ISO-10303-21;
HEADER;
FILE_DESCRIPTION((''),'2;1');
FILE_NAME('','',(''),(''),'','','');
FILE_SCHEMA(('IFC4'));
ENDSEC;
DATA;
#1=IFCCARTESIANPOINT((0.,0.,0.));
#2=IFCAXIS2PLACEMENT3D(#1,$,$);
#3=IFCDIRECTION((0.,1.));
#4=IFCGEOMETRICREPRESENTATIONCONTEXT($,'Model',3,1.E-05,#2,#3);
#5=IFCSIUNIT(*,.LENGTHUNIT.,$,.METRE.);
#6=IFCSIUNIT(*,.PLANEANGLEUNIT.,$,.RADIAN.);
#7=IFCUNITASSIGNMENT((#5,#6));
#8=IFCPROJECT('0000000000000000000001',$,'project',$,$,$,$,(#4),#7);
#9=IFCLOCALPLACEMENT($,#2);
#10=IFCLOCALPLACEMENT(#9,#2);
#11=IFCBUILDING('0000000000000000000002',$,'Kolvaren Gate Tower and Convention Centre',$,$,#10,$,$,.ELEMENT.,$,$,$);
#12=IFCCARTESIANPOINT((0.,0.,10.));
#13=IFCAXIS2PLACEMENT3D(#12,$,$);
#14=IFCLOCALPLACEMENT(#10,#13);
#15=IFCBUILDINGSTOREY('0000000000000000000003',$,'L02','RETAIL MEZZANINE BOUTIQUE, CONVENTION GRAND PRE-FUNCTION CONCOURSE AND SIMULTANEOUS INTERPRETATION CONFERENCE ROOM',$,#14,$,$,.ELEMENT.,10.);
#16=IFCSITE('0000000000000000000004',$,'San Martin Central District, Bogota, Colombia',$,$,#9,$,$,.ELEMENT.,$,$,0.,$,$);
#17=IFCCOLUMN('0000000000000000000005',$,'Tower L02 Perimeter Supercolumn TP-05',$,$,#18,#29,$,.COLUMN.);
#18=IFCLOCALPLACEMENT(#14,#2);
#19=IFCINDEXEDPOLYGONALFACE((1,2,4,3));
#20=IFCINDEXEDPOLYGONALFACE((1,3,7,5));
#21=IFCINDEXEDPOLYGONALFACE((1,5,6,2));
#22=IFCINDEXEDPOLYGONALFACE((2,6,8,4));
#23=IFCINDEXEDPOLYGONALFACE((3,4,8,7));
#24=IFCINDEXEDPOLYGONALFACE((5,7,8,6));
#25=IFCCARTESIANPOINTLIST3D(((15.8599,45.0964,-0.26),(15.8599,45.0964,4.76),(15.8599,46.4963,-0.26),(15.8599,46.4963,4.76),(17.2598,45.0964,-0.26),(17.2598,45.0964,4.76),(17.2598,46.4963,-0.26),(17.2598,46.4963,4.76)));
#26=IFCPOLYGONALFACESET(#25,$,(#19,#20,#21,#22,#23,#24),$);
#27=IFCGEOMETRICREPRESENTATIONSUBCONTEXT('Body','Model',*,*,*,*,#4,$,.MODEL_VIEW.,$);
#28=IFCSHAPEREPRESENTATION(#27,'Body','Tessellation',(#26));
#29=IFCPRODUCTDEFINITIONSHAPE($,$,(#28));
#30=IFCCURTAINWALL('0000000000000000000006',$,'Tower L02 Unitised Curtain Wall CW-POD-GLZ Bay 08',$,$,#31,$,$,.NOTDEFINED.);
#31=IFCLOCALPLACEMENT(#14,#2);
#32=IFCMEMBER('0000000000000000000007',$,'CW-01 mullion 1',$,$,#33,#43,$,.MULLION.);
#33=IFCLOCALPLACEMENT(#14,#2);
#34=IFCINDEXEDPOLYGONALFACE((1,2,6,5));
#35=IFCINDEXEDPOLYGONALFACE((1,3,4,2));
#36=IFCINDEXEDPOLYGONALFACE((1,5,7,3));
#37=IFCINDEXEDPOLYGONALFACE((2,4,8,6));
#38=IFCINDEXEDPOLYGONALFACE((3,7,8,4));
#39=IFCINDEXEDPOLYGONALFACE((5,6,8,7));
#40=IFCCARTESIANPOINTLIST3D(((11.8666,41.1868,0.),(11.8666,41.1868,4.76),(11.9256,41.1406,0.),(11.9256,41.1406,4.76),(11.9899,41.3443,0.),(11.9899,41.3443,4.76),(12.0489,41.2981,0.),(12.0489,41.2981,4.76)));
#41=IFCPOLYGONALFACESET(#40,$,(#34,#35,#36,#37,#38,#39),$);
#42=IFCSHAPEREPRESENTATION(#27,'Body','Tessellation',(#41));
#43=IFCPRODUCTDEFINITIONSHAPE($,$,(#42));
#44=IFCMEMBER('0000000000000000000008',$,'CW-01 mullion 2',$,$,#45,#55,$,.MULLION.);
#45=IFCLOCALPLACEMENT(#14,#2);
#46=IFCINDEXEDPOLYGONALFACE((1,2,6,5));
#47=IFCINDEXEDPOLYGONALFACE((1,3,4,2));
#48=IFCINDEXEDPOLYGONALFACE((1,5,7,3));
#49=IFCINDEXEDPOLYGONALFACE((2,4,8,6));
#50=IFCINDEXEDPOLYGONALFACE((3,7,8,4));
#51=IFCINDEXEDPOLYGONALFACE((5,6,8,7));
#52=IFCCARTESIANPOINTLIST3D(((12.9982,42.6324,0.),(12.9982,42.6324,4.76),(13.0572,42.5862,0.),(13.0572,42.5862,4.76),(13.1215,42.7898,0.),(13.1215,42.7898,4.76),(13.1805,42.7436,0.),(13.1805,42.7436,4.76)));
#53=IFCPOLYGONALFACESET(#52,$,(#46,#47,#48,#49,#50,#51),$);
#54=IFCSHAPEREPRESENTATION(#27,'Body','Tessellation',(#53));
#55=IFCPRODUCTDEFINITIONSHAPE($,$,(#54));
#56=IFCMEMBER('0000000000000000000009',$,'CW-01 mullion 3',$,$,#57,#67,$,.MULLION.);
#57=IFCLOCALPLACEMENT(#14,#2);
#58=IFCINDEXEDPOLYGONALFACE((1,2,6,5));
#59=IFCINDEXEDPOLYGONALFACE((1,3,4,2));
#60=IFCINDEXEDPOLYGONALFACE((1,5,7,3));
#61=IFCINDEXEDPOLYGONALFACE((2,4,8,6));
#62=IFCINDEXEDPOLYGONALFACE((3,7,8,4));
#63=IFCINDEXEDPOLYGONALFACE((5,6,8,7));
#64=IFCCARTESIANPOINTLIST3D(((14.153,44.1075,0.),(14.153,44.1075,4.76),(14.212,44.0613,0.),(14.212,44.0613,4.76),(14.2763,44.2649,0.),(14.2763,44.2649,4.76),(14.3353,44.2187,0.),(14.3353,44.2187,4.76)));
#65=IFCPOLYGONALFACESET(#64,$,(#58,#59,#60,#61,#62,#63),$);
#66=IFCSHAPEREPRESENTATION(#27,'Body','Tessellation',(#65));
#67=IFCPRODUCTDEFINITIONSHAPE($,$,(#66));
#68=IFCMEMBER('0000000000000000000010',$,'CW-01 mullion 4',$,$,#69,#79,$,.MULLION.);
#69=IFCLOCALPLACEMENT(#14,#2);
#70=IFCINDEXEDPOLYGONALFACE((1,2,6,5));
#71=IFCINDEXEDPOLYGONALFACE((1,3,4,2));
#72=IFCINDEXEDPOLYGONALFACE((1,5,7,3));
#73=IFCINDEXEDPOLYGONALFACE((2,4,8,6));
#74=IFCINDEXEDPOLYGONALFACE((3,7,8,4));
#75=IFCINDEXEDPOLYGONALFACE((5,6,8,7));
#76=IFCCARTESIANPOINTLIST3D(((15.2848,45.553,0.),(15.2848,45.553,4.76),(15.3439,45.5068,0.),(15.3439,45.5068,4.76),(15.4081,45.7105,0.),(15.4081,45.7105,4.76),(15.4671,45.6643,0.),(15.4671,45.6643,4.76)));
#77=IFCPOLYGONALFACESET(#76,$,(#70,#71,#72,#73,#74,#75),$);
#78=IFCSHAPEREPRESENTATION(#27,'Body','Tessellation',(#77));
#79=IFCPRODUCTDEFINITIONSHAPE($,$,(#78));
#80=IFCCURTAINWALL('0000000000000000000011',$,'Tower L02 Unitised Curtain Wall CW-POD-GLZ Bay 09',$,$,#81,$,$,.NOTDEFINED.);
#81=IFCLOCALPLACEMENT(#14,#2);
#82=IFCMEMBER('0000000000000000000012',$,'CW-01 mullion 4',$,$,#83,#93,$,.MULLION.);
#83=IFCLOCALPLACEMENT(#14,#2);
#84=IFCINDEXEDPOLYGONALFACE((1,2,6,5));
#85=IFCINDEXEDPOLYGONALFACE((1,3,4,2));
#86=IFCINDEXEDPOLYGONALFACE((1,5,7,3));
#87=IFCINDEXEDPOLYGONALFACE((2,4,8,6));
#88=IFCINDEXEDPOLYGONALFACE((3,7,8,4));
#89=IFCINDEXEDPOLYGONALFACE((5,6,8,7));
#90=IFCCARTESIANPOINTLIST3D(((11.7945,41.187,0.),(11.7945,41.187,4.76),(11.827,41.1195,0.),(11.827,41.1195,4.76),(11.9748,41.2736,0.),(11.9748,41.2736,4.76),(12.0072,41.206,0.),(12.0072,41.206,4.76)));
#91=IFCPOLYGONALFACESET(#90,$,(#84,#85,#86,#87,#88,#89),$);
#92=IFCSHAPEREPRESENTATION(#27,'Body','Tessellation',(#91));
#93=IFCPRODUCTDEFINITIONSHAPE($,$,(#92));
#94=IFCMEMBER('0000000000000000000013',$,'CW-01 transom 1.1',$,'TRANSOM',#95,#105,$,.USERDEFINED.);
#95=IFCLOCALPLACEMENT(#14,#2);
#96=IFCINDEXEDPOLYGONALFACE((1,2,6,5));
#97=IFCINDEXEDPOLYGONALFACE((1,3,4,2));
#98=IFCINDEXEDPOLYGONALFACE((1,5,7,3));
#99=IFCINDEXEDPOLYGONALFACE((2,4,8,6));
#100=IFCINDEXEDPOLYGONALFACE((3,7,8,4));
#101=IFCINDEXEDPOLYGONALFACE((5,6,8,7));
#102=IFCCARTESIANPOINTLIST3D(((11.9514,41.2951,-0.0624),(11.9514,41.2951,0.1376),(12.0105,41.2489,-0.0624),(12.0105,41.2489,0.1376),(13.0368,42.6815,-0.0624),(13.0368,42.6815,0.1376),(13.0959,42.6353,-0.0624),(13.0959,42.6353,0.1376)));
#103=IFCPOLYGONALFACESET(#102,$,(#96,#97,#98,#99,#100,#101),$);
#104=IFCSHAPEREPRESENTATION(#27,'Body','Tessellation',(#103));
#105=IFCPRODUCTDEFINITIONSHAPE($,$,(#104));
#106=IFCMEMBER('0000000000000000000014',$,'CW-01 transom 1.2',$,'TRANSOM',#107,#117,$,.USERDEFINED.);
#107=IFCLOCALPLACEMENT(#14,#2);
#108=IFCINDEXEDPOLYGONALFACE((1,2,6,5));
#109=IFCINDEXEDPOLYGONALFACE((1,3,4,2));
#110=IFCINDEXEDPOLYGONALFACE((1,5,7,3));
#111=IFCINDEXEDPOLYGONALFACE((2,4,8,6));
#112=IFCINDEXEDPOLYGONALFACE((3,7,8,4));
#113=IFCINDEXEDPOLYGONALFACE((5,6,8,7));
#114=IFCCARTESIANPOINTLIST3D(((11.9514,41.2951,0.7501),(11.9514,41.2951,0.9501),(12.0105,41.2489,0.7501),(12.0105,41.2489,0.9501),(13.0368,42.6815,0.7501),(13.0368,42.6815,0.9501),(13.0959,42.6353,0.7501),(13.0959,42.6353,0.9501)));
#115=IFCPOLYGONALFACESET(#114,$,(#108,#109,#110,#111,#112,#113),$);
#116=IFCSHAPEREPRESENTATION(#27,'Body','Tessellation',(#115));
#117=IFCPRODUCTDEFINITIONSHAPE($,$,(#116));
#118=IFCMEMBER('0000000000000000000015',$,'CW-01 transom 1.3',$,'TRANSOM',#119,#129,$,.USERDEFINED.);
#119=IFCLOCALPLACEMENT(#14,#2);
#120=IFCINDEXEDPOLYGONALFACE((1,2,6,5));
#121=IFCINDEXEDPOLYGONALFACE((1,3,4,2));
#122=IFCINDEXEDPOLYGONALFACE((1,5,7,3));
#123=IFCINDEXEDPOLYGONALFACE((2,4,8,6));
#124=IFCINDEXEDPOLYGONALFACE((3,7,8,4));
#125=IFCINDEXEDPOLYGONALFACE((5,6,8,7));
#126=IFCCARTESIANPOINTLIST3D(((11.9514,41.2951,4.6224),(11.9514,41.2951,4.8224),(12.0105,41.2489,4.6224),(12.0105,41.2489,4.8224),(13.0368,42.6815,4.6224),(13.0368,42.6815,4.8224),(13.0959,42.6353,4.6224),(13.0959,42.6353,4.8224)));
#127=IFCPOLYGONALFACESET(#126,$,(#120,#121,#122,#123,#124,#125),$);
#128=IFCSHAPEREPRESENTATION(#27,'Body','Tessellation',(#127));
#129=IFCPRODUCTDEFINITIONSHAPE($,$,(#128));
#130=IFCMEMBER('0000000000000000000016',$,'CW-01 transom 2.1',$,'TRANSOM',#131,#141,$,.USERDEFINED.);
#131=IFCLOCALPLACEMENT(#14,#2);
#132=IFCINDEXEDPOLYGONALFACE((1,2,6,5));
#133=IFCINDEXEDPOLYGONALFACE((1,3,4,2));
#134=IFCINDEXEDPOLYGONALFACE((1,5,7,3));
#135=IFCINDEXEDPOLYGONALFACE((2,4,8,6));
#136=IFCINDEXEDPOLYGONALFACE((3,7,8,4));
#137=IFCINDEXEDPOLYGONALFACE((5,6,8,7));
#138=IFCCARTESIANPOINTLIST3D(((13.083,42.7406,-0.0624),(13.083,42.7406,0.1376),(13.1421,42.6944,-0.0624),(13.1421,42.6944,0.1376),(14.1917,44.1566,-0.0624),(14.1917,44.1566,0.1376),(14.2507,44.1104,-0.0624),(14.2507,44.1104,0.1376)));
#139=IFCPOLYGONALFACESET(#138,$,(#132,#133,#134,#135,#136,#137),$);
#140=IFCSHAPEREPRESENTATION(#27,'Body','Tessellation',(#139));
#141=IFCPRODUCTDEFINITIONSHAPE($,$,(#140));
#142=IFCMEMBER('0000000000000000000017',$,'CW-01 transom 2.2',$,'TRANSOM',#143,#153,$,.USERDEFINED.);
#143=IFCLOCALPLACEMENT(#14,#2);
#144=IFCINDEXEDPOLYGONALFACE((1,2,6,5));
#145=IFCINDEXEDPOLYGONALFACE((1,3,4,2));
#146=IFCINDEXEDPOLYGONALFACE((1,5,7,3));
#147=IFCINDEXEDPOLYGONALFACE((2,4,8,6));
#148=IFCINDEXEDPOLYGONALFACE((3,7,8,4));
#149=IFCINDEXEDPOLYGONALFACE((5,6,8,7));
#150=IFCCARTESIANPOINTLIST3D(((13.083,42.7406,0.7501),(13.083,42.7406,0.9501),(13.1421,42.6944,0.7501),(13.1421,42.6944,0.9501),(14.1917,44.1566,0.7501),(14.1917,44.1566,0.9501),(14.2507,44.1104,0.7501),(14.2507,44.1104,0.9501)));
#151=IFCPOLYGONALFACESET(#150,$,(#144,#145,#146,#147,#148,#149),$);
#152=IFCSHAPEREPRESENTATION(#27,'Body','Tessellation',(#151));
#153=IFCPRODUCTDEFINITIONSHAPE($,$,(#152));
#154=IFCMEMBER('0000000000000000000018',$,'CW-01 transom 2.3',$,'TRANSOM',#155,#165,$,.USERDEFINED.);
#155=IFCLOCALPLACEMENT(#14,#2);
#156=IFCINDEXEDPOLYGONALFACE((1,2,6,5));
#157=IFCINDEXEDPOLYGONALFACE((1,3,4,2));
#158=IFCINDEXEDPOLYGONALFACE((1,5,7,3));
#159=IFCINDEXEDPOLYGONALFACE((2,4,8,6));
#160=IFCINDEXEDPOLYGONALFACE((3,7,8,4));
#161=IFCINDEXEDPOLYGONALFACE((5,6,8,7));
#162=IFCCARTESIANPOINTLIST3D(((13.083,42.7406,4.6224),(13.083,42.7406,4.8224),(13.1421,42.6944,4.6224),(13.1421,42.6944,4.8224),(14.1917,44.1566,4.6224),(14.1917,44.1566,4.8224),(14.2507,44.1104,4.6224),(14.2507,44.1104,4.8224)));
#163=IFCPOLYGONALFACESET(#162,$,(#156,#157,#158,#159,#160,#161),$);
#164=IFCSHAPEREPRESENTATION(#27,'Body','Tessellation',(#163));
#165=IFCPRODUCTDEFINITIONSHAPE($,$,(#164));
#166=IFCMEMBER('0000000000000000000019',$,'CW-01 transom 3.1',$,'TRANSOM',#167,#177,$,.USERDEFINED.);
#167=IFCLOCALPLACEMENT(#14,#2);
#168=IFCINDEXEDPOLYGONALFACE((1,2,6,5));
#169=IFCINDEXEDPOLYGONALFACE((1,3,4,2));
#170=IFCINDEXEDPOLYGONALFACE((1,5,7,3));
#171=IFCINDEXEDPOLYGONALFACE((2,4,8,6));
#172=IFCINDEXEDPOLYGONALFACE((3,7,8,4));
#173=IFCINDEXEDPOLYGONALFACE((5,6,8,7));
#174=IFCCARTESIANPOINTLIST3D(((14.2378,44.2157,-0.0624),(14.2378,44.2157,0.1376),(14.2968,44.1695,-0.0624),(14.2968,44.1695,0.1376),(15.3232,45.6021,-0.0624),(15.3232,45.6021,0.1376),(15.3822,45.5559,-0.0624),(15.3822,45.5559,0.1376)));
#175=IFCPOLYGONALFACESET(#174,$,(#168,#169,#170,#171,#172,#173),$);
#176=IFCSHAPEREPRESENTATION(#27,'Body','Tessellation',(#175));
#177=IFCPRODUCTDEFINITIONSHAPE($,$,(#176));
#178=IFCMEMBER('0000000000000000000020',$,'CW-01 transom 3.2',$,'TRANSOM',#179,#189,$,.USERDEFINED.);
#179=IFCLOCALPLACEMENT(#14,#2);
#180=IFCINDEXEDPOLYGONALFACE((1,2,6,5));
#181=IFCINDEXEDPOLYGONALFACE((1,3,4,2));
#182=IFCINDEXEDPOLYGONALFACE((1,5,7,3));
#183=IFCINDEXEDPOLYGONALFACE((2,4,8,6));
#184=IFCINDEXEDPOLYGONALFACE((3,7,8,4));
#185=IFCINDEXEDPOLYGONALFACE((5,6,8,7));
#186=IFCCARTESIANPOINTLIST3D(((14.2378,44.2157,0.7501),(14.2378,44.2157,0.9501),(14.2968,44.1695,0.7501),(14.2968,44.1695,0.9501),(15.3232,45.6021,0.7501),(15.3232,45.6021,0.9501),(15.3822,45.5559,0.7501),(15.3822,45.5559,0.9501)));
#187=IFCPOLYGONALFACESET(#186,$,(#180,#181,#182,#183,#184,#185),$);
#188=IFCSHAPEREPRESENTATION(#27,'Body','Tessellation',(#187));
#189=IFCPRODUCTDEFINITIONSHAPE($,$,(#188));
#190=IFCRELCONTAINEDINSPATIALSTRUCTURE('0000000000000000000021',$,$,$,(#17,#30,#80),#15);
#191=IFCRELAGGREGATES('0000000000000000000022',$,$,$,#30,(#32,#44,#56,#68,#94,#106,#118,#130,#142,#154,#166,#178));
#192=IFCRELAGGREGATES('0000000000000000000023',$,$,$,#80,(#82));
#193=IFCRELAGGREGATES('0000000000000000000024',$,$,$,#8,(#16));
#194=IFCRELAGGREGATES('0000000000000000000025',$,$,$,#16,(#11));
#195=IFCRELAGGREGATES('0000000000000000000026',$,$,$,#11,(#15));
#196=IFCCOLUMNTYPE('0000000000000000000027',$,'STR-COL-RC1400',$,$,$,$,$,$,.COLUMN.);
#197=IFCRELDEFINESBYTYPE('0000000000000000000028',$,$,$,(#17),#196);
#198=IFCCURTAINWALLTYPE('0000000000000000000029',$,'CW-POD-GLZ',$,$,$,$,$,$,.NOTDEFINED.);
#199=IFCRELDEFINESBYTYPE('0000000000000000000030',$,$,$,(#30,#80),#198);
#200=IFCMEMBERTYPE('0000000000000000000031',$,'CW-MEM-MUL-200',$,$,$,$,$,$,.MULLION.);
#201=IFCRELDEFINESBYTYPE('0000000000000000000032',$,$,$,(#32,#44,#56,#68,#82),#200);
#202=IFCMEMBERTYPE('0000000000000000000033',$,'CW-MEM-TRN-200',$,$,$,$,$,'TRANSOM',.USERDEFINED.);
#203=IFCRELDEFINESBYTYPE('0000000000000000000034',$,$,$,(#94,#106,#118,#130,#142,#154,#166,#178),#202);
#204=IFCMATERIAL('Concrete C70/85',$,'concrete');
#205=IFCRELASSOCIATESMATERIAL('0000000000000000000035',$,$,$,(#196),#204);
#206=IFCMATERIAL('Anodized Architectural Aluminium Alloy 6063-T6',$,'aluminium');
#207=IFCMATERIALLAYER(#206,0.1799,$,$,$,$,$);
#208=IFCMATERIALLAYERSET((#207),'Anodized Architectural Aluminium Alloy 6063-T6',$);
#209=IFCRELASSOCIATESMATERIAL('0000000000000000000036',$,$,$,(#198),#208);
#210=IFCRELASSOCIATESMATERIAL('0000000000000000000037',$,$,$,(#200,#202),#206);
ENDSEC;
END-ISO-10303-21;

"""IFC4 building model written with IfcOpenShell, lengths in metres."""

from ifc_helpers import new_model, si_unit, direction, frame, origin, origin_2d, place, context, subcontext, project, spatial, rectangle, extrude, material, layer, layer_set, material_profile, profile_set, type_object, element, aggregate, save


model = new_model("IFC4")

# Units and contexts
model_context = context("Model", 3, precision=1e-05, world=origin(), true_north=direction((0.0, 1.0)))
body_context = subcontext(model_context, "Body", "Model", "MODEL_VIEW")
ifc_project = project(units=[si_unit("LENGTHUNIT", "METRE"), si_unit("PLANEANGLEUNIT", "RADIAN")], contexts=[model_context])

# Site, building, storey
site_placement = place(None, origin())
site = spatial("IfcSite", under=ifc_project, at=site_placement, Name="San Martin Central District, Bogota, Colombia", CompositionType="ELEMENT", RefElevation=0.0)
building_placement = place(site_placement, origin())
building = spatial("IfcBuilding", under=site, at=building_placement, Name="Kolvaren Gate Tower and Convention Centre", CompositionType="ELEMENT")
storey_placement = place(building_placement, frame((0.0, 0.0, 10.0)))
storey = spatial("IfcBuildingStorey", under=building, at=storey_placement, Name="L02", Description="RETAIL MEZZANINE BOUTIQUE, CONVENTION GRAND PRE-FUNCTION CONCOURSE AND SIMULTANEOUS INTERPRETATION CONFERENCE ROOM", CompositionType="ELEMENT", Elevation=10.0)

# Column
ifc_material_1 = material(Name="Concrete C70/85", Category="concrete")
ifc_material_profile_1 = material_profile(ifc_material_1, rectangle(XDim=1.3999, YDim=1.3999, at=origin_2d()), Name="RC-COL-1400X1400")
ifc_profile_set_1 = profile_set([ifc_material_profile_1], Name="Concrete C70/85")
column_type = type_object("IfcColumnType", Name="STR-COL-RC1400", PredefinedType="COLUMN", material=ifc_profile_set_1)
column_placement = place(storey_placement, frame((16.5598, 45.7964, -0.26), z_axis=(0.0, 0.0, 1.0), x_axis=(1.0, 0.0, 0.0)))
element("IfcColumn", 1, at=column_placement, inside=storey, type_object=column_type, Name="Tower L02 Perimeter Supercolumn TP-05", PredefinedType="COLUMN", context=body_context, shape_type="SweptSolid", body=[
    extrude(rectangle(XDim=1.3999, YDim=1.3999, at=origin_2d()), origin(), (0.0, 0.0, 1.0), 5.02),
])

# Curtain wall, members
ifc_material_2 = material(Name="Anodized Architectural Aluminium Alloy 6063-T6", Category="aluminium")
ifc_layer_1 = layer(ifc_material_2, 0.1799)
ifc_layer_set_1 = layer_set([ifc_layer_1], Name="Anodized Architectural Aluminium Alloy 6063-T6")
curtain_wall_type = type_object("IfcCurtainWallType", Name="CW-POD-GLZ", PredefinedType="NOTDEFINED", material=ifc_layer_set_1)
curtain_wall_1_placement = place(storey_placement, origin())
curtain_wall_1 = element("IfcCurtainWall", 2, at=curtain_wall_1_placement, inside=storey, type_object=curtain_wall_type, Name="Tower L02 Unitised Curtain Wall CW-POD-GLZ Bay 08", PredefinedType="NOTDEFINED")
ifc_material_profile_2 = material_profile(ifc_material_2, rectangle(XDim=0.075, YDim=0.2, at=origin_2d()), Name="CW-MEM-MUL-200")
ifc_profile_set_2 = profile_set([ifc_material_profile_2], Name="Anodized Architectural Aluminium Alloy 6063-T6")
member_type_1 = type_object("IfcMemberType", Name="CW-MEM-MUL-200", PredefinedType="MULLION", material=ifc_profile_set_2)
member_1_placement = place(storey_placement, frame((11.9578, 41.2424, 0.0), z_axis=(0.0, 0.0, 1.0), x_axis=(-0.787417, 0.616421, 0.0)))
member_1 = element("IfcMember", 3, at=member_1_placement, type_object=member_type_1, Name="CW-01 mullion 1", PredefinedType="MULLION", context=body_context, shape_type="SweptSolid", body=[
    extrude(rectangle(XDim=0.075, YDim=0.2, at=origin_2d()), origin(), (0.0, 0.0, 1.0), 4.76),
])
member_2_placement = place(storey_placement, frame((13.0894, 42.688, 0.0), z_axis=(0.0, 0.0, 1.0), x_axis=(-0.787417, 0.616421, 0.0)))
member_2 = element("IfcMember", 4, at=member_2_placement, type_object=member_type_1, Name="CW-01 mullion 2", PredefinedType="MULLION", context=body_context, shape_type="SweptSolid", body=[
    extrude(rectangle(XDim=0.075, YDim=0.2, at=origin_2d()), origin(), (0.0, 0.0, 1.0), 4.76),
])
member_3_placement = place(storey_placement, frame((14.2441, 44.1631, 0.0), z_axis=(0.0, 0.0, 1.0), x_axis=(-0.787417, 0.616421, 0.0)))
member_3 = element("IfcMember", 5, at=member_3_placement, type_object=member_type_1, Name="CW-01 mullion 3", PredefinedType="MULLION", context=body_context, shape_type="SweptSolid", body=[
    extrude(rectangle(XDim=0.075, YDim=0.2, at=origin_2d()), origin(), (0.0, 0.0, 1.0), 4.76),
])
member_4_placement = place(storey_placement, frame((15.376, 45.6086, 0.0), z_axis=(0.0, 0.0, 1.0), x_axis=(-0.787417, 0.616421, 0.0)))
member_4 = element("IfcMember", 6, at=member_4_placement, type_object=member_type_1, Name="CW-01 mullion 4", PredefinedType="MULLION", context=body_context, shape_type="SweptSolid", body=[
    extrude(rectangle(XDim=0.075, YDim=0.2, at=origin_2d()), origin(), (0.0, 0.0, 1.0), 4.76),
])

# Curtain wall, member
curtain_wall_2_placement = place(storey_placement, origin())
curtain_wall_2 = element("IfcCurtainWall", 7, at=curtain_wall_2_placement, inside=storey, type_object=curtain_wall_type, Name="Tower L02 Unitised Curtain Wall CW-POD-GLZ Bay 09", PredefinedType="NOTDEFINED")
member_5_placement = place(storey_placement, frame((11.9009, 41.1965, 0.0), z_axis=(0.0, 0.0, 1.0), x_axis=(-0.433057, 0.901367, 0.0)))
member_5 = element("IfcMember", 8, at=member_5_placement, type_object=member_type_1, Name="CW-01 mullion 4", PredefinedType="MULLION", context=body_context, shape_type="SweptSolid", body=[
    extrude(rectangle(XDim=0.075, YDim=0.2, at=origin_2d()), origin(), (0.0, 0.0, 1.0), 4.76),
])

# Members
ifc_material_profile_3 = material_profile(ifc_material_2, rectangle(XDim=0.075, YDim=0.2, at=origin_2d()), Name="CW-MEM-TRN-200")
ifc_profile_set_3 = profile_set([ifc_material_profile_3], Name="Anodized Architectural Aluminium Alloy 6063-T6")
member_type_2 = type_object("IfcMemberType", Name="CW-MEM-TRN-200", ElementType="TRANSOM", PredefinedType="USERDEFINED", material=ifc_profile_set_3)
member_6_placement = place(storey_placement, frame((11.981, 41.272, 0.0376), z_axis=(0.616443, 0.7874, 0.0), x_axis=(-0.7874, 0.616443, 0.0)))
member_6 = element("IfcMember", 9, at=member_6_placement, type_object=member_type_2, Name="CW-01 transom 1.1", ObjectType="TRANSOM", PredefinedType="USERDEFINED", context=body_context, shape_type="SweptSolid", body=[
    extrude(rectangle(XDim=0.075, YDim=0.2, at=origin_2d()), origin(), (0.0, 0.0, 1.0), 1.7607),
])
member_7_placement = place(storey_placement, frame((11.981, 41.272, 0.8501), z_axis=(0.616443, 0.7874, 0.0), x_axis=(-0.7874, 0.616443, 0.0)))
member_7 = element("IfcMember", 10, at=member_7_placement, type_object=member_type_2, Name="CW-01 transom 1.2", ObjectType="TRANSOM", PredefinedType="USERDEFINED", context=body_context, shape_type="SweptSolid", body=[
    extrude(rectangle(XDim=0.075, YDim=0.2, at=origin_2d()), origin(), (0.0, 0.0, 1.0), 1.7607),
])
member_8_placement = place(storey_placement, frame((11.981, 41.272, 4.7224), z_axis=(0.616443, 0.7874, 0.0), x_axis=(-0.7874, 0.616443, 0.0)))
member_8 = element("IfcMember", 11, at=member_8_placement, type_object=member_type_2, Name="CW-01 transom 1.3", ObjectType="TRANSOM", PredefinedType="USERDEFINED", context=body_context, shape_type="SweptSolid", body=[
    extrude(rectangle(XDim=0.075, YDim=0.2, at=origin_2d()), origin(), (0.0, 0.0, 1.0), 1.7607),
])
member_9_placement = place(storey_placement, frame((13.1125, 42.7175, 0.0376), z_axis=(0.616466, 0.787382, 0.0), x_axis=(-0.787382, 0.616466, 0.0)))
member_9 = element("IfcMember", 12, at=member_9_placement, type_object=member_type_2, Name="CW-01 transom 2.1", ObjectType="TRANSOM", PredefinedType="USERDEFINED", context=body_context, shape_type="SweptSolid", body=[
    extrude(rectangle(XDim=0.075, YDim=0.2, at=origin_2d()), origin(), (0.0, 0.0, 1.0), 1.7983),
])
member_10_placement = place(storey_placement, frame((13.1125, 42.7175, 0.8501), z_axis=(0.616466, 0.787382, 0.0), x_axis=(-0.787382, 0.616466, 0.0)))
member_10 = element("IfcMember", 13, at=member_10_placement, type_object=member_type_2, Name="CW-01 transom 2.2", ObjectType="TRANSOM", PredefinedType="USERDEFINED", context=body_context, shape_type="SweptSolid", body=[
    extrude(rectangle(XDim=0.075, YDim=0.2, at=origin_2d()), origin(), (0.0, 0.0, 1.0), 1.7983),
])
member_11_placement = place(storey_placement, frame((13.1125, 42.7175, 4.7224), z_axis=(0.616466, 0.787382, 0.0), x_axis=(-0.787382, 0.616466, 0.0)))
member_11 = element("IfcMember", 14, at=member_11_placement, type_object=member_type_2, Name="CW-01 transom 2.3", ObjectType="TRANSOM", PredefinedType="USERDEFINED", context=body_context, shape_type="SweptSolid", body=[
    extrude(rectangle(XDim=0.075, YDim=0.2, at=origin_2d()), origin(), (0.0, 0.0, 1.0), 1.7983),
])
member_12_placement = place(storey_placement, frame((14.2673, 44.1926, 0.0376), z_axis=(0.616443, 0.7874, 0.0), x_axis=(-0.7874, 0.616443, 0.0)))
member_12 = element("IfcMember", 15, at=member_12_placement, type_object=member_type_2, Name="CW-01 transom 3.1", ObjectType="TRANSOM", PredefinedType="USERDEFINED", context=body_context, shape_type="SweptSolid", body=[
    extrude(rectangle(XDim=0.075, YDim=0.2, at=origin_2d()), origin(), (0.0, 0.0, 1.0), 1.7607),
])
member_13_placement = place(storey_placement, frame((14.2673, 44.1926, 0.8501), z_axis=(0.616443, 0.7874, 0.0), x_axis=(-0.7874, 0.616443, 0.0)))
member_13 = element("IfcMember", 16, at=member_13_placement, type_object=member_type_2, Name="CW-01 transom 3.2", ObjectType="TRANSOM", PredefinedType="USERDEFINED", context=body_context, shape_type="SweptSolid", body=[
    extrude(rectangle(XDim=0.075, YDim=0.2, at=origin_2d()), origin(), (0.0, 0.0, 1.0), 1.7607),
])

aggregate(curtain_wall_1, [member_1, member_2, member_3, member_4, member_6, member_7, member_8, member_9, member_10, member_11, member_12, member_13])
aggregate(curtain_wall_2, [member_5])

save(model, "model.ifc")
